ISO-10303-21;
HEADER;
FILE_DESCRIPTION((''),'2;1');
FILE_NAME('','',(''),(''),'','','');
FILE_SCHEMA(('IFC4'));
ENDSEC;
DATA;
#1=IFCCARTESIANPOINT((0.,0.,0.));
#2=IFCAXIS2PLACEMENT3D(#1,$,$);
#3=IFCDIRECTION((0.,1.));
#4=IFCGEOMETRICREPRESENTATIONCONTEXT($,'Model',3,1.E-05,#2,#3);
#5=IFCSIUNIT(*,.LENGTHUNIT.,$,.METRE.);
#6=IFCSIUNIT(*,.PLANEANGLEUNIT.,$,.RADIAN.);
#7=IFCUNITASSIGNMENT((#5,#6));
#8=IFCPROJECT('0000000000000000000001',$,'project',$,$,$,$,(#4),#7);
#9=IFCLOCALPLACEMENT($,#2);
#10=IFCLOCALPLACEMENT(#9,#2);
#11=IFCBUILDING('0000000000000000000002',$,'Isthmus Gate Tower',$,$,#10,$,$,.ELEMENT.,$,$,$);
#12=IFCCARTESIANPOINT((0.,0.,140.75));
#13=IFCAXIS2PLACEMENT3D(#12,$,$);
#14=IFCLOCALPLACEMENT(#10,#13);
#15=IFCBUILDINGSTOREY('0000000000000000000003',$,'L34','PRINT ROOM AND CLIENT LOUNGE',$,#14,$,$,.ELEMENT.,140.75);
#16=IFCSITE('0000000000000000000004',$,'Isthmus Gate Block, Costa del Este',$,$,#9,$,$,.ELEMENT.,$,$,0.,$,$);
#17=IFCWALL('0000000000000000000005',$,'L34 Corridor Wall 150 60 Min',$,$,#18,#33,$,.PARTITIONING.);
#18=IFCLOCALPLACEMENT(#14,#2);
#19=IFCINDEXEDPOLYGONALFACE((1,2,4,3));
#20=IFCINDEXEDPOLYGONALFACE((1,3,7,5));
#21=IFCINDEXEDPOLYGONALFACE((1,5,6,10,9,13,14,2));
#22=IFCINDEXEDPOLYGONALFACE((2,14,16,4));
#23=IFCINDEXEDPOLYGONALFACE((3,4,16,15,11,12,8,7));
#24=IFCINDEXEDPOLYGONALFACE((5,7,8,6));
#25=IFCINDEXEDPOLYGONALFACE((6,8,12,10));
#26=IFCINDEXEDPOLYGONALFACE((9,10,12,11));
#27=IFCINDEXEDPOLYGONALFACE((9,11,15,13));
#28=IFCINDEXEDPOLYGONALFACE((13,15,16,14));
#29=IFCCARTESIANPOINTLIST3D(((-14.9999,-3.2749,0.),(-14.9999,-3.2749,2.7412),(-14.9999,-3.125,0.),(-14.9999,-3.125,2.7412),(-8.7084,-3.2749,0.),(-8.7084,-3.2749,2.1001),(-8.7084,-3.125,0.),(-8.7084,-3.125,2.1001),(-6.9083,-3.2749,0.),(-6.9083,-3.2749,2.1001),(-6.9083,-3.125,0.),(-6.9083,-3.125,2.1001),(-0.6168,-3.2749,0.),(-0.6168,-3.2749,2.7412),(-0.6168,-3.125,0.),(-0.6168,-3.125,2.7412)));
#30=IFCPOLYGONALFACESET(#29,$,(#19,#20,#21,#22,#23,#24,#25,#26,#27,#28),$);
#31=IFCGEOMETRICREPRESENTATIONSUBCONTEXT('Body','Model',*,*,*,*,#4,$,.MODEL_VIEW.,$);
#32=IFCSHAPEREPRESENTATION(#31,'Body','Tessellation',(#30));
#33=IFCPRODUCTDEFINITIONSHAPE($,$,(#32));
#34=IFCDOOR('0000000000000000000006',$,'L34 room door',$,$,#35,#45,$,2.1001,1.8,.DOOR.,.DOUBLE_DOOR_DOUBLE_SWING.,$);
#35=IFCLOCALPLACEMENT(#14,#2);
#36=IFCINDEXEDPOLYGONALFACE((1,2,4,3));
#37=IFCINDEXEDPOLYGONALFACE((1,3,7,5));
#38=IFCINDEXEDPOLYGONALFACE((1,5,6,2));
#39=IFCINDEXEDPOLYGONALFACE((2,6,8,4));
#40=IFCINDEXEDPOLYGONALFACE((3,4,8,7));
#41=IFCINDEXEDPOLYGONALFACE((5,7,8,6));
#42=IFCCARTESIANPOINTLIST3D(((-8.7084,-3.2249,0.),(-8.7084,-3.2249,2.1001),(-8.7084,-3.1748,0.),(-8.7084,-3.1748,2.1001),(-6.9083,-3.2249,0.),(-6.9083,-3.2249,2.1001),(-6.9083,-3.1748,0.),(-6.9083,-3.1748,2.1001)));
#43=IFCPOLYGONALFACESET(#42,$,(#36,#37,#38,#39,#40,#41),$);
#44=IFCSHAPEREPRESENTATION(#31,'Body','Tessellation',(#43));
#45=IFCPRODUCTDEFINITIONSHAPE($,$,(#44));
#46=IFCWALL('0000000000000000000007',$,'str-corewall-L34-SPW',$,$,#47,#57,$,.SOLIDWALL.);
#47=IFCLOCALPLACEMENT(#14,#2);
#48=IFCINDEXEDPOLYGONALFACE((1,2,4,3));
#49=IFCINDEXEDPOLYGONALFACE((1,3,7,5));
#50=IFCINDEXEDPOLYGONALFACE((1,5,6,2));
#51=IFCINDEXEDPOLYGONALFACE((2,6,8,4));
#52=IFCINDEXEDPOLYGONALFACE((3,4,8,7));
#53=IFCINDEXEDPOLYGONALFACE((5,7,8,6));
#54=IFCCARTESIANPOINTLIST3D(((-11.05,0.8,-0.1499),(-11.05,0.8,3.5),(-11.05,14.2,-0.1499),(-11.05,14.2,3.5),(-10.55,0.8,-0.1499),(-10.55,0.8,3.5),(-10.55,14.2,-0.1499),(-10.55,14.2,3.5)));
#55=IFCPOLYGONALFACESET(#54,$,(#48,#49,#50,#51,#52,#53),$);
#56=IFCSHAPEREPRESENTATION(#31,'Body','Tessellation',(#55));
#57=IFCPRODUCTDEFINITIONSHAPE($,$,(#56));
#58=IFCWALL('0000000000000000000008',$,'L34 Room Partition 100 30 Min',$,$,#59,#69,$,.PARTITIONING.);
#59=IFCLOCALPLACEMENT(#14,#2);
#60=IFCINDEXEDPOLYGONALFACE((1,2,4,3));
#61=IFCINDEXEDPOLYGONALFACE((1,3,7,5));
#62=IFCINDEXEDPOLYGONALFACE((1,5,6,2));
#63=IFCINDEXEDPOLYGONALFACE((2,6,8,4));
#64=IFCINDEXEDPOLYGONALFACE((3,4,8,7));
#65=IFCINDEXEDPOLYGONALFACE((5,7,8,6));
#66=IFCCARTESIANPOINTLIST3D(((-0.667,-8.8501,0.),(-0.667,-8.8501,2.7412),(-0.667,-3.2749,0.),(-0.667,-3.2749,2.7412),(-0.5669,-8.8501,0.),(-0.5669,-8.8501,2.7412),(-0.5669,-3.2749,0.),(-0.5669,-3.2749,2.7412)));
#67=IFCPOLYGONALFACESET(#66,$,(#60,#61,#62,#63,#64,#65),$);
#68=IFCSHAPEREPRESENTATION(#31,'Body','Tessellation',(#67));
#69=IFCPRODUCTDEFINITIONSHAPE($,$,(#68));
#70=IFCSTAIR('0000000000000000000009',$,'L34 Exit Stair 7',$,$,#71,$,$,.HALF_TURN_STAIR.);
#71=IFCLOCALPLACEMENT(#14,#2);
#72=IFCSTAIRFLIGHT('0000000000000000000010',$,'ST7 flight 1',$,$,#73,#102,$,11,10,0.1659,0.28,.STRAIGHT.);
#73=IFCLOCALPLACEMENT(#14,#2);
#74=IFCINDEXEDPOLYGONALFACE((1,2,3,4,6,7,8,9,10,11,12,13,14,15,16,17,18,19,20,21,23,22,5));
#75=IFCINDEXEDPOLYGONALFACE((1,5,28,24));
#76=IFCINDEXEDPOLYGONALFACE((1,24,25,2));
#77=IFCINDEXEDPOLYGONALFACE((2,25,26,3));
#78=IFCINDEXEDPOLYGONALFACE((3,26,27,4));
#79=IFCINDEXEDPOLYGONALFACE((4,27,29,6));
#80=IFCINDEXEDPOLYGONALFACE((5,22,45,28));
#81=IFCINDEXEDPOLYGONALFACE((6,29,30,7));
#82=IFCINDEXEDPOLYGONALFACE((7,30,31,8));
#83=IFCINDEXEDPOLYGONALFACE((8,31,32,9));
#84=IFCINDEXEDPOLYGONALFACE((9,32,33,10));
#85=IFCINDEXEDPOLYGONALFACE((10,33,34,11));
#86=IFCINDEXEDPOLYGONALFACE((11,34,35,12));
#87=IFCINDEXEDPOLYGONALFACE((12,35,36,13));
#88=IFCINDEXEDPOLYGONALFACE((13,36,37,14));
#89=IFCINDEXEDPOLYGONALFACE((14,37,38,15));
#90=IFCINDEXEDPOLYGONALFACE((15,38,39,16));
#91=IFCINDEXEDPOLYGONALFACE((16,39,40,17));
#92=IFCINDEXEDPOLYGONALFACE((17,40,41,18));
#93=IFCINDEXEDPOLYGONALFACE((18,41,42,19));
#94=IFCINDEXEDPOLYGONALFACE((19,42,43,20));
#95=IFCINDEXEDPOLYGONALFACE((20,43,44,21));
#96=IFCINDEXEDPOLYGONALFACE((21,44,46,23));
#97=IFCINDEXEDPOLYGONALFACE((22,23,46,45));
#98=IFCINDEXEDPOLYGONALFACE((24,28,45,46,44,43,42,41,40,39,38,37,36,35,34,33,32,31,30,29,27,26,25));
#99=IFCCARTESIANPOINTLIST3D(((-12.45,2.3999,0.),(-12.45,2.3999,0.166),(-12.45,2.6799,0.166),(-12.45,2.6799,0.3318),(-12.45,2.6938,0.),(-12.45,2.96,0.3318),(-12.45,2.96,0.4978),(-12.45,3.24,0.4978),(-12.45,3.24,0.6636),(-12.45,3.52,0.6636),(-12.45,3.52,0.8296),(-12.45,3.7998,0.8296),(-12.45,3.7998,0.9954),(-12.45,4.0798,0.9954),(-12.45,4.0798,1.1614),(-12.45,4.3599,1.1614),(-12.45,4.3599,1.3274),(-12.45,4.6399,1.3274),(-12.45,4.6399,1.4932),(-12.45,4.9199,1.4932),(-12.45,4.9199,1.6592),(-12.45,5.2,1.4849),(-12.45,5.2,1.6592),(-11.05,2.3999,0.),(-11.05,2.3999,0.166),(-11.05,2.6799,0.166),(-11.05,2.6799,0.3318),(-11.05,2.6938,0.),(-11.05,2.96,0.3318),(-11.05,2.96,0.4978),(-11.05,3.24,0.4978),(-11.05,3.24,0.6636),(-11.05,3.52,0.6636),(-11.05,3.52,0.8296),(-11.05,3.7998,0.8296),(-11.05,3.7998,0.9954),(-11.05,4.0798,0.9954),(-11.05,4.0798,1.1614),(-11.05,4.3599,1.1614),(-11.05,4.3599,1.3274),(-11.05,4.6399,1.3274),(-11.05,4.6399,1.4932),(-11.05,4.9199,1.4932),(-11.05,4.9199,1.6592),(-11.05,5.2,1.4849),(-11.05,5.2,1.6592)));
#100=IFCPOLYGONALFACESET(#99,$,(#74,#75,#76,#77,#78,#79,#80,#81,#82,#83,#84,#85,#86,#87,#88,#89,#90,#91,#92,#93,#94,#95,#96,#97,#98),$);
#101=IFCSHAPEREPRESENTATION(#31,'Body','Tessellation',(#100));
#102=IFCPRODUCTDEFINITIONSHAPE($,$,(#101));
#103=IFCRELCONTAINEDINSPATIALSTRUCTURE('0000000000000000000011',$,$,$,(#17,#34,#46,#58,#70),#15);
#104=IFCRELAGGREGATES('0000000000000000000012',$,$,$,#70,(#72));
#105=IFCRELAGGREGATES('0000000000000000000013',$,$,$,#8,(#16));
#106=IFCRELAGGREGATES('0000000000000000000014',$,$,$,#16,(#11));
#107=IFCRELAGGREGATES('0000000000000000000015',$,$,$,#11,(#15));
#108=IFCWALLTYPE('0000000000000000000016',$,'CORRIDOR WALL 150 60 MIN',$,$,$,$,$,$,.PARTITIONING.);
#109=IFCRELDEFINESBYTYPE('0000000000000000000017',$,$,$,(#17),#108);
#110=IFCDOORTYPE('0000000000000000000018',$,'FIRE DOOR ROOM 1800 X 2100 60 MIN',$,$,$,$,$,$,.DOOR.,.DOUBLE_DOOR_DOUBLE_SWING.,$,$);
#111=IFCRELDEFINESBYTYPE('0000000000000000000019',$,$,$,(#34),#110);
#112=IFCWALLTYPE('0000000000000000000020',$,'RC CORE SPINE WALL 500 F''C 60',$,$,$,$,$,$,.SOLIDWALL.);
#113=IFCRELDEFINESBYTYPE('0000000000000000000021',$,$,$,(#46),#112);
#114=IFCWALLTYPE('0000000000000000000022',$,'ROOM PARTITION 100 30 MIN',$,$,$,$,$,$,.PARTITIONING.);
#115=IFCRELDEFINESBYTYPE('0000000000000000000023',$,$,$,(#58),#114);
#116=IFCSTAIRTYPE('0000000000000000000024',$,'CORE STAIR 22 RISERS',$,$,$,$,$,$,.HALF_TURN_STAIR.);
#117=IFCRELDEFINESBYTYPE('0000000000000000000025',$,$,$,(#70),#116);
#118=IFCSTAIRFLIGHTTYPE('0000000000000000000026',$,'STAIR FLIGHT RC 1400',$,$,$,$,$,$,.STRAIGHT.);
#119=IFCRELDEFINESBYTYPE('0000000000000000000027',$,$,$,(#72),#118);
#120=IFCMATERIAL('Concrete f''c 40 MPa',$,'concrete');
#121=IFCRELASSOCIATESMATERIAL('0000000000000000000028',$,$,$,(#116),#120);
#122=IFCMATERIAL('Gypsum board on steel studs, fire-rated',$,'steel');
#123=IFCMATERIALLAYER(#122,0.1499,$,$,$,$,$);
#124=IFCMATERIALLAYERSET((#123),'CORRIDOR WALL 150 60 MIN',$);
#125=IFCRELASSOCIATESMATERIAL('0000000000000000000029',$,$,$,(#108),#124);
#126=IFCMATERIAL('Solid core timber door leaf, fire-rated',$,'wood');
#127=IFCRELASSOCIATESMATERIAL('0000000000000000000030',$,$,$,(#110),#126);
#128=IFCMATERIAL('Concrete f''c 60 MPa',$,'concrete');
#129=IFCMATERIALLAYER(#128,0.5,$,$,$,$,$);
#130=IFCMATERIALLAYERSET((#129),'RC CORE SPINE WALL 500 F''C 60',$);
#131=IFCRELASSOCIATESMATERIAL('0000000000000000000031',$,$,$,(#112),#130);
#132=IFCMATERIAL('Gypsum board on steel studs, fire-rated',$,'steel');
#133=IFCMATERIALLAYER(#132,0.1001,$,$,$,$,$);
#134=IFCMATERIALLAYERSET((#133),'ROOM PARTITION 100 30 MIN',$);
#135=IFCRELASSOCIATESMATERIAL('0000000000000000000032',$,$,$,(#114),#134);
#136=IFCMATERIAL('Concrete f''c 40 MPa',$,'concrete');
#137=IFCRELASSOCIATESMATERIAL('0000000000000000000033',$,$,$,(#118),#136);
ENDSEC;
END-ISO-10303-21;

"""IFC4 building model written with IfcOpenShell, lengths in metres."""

from ifc_helpers import new_model, si_unit, direction, frame, frame_2d, origin, place, context, subcontext, project, spatial, polyline, rectangle, outline, extrude, material, layer, layer_set, type_object, element, fill, aggregate, save


model = new_model("IFC4")

# Units and contexts
model_context = context("Model", 3, precision=1e-05, world=origin(), true_north=direction((0.0, 1.0)))
body_context = subcontext(model_context, "Body", "Model", "MODEL_VIEW")
ifc_project = project(units=[si_unit("LENGTHUNIT", "METRE"), si_unit("PLANEANGLEUNIT", "RADIAN")], contexts=[model_context])

# Site, building, storey
site_placement = place(None, origin())
site = spatial("IfcSite", under=ifc_project, at=site_placement, Name="Isthmus Gate Block, Costa del Este", CompositionType="ELEMENT", RefElevation=0.0)
building_placement = place(site_placement, origin())
building = spatial("IfcBuilding", under=site, at=building_placement, Name="Isthmus Gate Tower", CompositionType="ELEMENT")
storey_placement = place(building_placement, frame((0.0, 0.0, 140.75)))
storey = spatial("IfcBuildingStorey", under=building, at=storey_placement, Name="L34", Description="PRINT ROOM AND CLIENT LOUNGE", CompositionType="ELEMENT", Elevation=140.75)

# Shared definitions
ifc_material_1 = material(Name="Concrete f'c 40 MPa", Category="concrete")
stair_type = type_object("IfcStairType", Name="CORE STAIR 22 RISERS", PredefinedType="HALF_TURN_STAIR", material=ifc_material_1)

# Wall, opening, door
ifc_material_2 = material(Name="Gypsum board on steel studs, fire-rated", Category="steel")
ifc_layer_1 = layer(ifc_material_2, 0.1499)
ifc_layer_set_1 = layer_set([ifc_layer_1], Name="CORRIDOR WALL 150 60 MIN")
wall_type_1 = type_object("IfcWallType", Name="CORRIDOR WALL 150 60 MIN", PredefinedType="PARTITIONING", material=ifc_layer_set_1)
wall_1_placement = place(storey_placement, frame((-0.6169, -3.2, 0.0), z_axis=(0.0, 0.0, 1.0), x_axis=(-1.0, 0.0, 0.0)))
wall_1 = element("IfcWall", 1, at=wall_1_placement, inside=storey, type_object=wall_type_1, Name="L34 Corridor Wall 150 60 Min", PredefinedType="PARTITIONING", context=body_context, shape_type="SweptSolid", body=[
    extrude(rectangle(XDim=14.3831, YDim=0.1499, at=frame_2d((7.1914, 0.0))), origin(), (0.0, 0.0, 1.0), 2.7412),
])
opening_placement = place(wall_1_placement, frame((6.2915, 0.0, 0.0)))
opening = element("IfcOpeningElement", 2, at=opening_placement, cuts=wall_1, PredefinedType="OPENING", context=body_context, shape_type="SweptSolid", body=[
    extrude(rectangle(XDim=1.8, YDim=2.1001, at=frame_2d((0.8999, 1.05))), frame((0.0, 0.085, 0.0), z_axis=(0.0, -1.0, 0.0), x_axis=(1.0, 0.0, 0.0)), (0.0, 0.0, 1.0), 0.1699),
])
ifc_material_3 = material(Name="Solid core timber door leaf, fire-rated", Category="wood")
door_type = type_object("IfcDoorType", Name="FIRE DOOR ROOM 1800 X 2100 60 MIN", OperationType="DOUBLE_DOOR_DOUBLE_SWING", PredefinedType="DOOR", material=ifc_material_3)
door_placement = place(opening_placement, origin())
door = element("IfcDoor", 3, at=door_placement, inside=storey, type_object=door_type, Name="L34 room door", OperationType="DOUBLE_DOOR_DOUBLE_SWING", OverallHeight=2.1001, OverallWidth=1.8, PredefinedType="DOOR", context=body_context, shape_type="SweptSolid", body=[
    extrude(rectangle(XDim=1.8, YDim=2.1001, at=frame_2d((0.8999, 1.05))), frame((0.0, 0.0249, 0.0), z_axis=(0.0, -1.0, 0.0), x_axis=(1.0, 0.0, 0.0)), (0.0, 0.0, 1.0), 0.05),
])
fill(opening, door)

# Walls
ifc_material_4 = material(Name="Concrete f'c 60 MPa", Category="concrete")
ifc_layer_2 = layer(ifc_material_4, 0.5)
ifc_layer_set_2 = layer_set([ifc_layer_2], Name="RC CORE SPINE WALL 500 F'C 60")
wall_type_2 = type_object("IfcWallType", Name="RC CORE SPINE WALL 500 F'C 60", PredefinedType="SOLIDWALL", material=ifc_layer_set_2)
wall_2_placement = place(storey_placement, frame((-10.8, 0.8, -0.1499), z_axis=(0.0, 0.0, 1.0), x_axis=(0.0, 1.0, 0.0)))
element("IfcWall", 4, at=wall_2_placement, inside=storey, type_object=wall_type_2, Name="str-corewall-L34-SPW", PredefinedType="SOLIDWALL", context=body_context, shape_type="SweptSolid", body=[
    extrude(rectangle(XDim=13.3999, YDim=0.5, at=frame_2d((6.7, 0.0))), origin(), (0.0, 0.0, 1.0), 3.6499),
])
ifc_material_5 = material(Name="Gypsum board on steel studs, fire-rated", Category="steel")
ifc_layer_3 = layer(ifc_material_5, 0.1001)
ifc_layer_set_3 = layer_set([ifc_layer_3], Name="ROOM PARTITION 100 30 MIN")
wall_type_3 = type_object("IfcWallType", Name="ROOM PARTITION 100 30 MIN", PredefinedType="PARTITIONING", material=ifc_layer_set_3)
wall_3_placement = place(storey_placement, frame((-0.6169, -8.8501, 0.0), z_axis=(0.0, 0.0, 1.0), x_axis=(0.0, 1.0, 0.0)))
element("IfcWall", 5, at=wall_3_placement, inside=storey, type_object=wall_type_3, Name="L34 Room Partition 100 30 Min", PredefinedType="PARTITIONING", context=body_context, shape_type="SweptSolid", body=[
    extrude(rectangle(XDim=5.5752, YDim=0.1001, at=frame_2d((2.7876, 0.0))), origin(), (0.0, 0.0, 1.0), 2.7412),
])

# Stair, stair flight
stair_1_placement = place(storey_placement, origin())
stair_1 = element("IfcStair", 6, at=stair_1_placement, inside=storey, type_object=stair_type, Name="L34 Exit Stair 7", PredefinedType="HALF_TURN_STAIR")
ifc_material_6 = material(Name="Concrete f'c 40 MPa", Category="concrete")
stair_flight_type = type_object("IfcStairFlightType", Name="STAIR FLIGHT RC 1400", PredefinedType="STRAIGHT", material=ifc_material_6)
stair_flight_placement = place(storey_placement, frame((-11.75, 2.3999, 0.0), z_axis=(0.0, 0.0, 1.0), x_axis=(0.0, 1.0, 0.0)))
stair_flight = element("IfcStairFlight", 7, at=stair_flight_placement, type_object=stair_flight_type, Name="ST7 flight 1", NumberOfRisers=11, NumberOfTreads=10, PredefinedType="STRAIGHT", RiserHeight=0.1659, TreadLength=0.28, context=body_context, shape_type="SweptSolid", body=[
    extrude(outline(polyline([(0.0, 0.0), (0.0, 0.166), (0.28, 0.166), (0.28, 0.3318), (0.5601, 0.3318), (0.5601, 0.4978), (0.8401, 0.4978), (0.8401, 0.6636), (1.1201, 0.6636), (1.1201, 0.8296), (1.3999, 0.8296), (1.3999, 0.9954), (1.6799, 0.9954), (1.6799, 1.1614), (1.96, 1.1614), (1.96, 1.3274), (2.24, 1.3274), (2.24, 1.4932), (2.52, 1.4932), (2.52, 1.6592), (2.8, 1.6592), (2.8, 1.825), (2.8, 1.4849), (0.2939, 0.0), (0.0, 0.0)])), frame((0.0, 0.7, 0.0), z_axis=(0.0, -1.0, 0.0), x_axis=(1.0, 0.0, 0.0)), (0.0, 0.0, 1.0), 1.3999),
])
aggregate(stair_1, [stair_flight])

save(model, "model.ifc")
